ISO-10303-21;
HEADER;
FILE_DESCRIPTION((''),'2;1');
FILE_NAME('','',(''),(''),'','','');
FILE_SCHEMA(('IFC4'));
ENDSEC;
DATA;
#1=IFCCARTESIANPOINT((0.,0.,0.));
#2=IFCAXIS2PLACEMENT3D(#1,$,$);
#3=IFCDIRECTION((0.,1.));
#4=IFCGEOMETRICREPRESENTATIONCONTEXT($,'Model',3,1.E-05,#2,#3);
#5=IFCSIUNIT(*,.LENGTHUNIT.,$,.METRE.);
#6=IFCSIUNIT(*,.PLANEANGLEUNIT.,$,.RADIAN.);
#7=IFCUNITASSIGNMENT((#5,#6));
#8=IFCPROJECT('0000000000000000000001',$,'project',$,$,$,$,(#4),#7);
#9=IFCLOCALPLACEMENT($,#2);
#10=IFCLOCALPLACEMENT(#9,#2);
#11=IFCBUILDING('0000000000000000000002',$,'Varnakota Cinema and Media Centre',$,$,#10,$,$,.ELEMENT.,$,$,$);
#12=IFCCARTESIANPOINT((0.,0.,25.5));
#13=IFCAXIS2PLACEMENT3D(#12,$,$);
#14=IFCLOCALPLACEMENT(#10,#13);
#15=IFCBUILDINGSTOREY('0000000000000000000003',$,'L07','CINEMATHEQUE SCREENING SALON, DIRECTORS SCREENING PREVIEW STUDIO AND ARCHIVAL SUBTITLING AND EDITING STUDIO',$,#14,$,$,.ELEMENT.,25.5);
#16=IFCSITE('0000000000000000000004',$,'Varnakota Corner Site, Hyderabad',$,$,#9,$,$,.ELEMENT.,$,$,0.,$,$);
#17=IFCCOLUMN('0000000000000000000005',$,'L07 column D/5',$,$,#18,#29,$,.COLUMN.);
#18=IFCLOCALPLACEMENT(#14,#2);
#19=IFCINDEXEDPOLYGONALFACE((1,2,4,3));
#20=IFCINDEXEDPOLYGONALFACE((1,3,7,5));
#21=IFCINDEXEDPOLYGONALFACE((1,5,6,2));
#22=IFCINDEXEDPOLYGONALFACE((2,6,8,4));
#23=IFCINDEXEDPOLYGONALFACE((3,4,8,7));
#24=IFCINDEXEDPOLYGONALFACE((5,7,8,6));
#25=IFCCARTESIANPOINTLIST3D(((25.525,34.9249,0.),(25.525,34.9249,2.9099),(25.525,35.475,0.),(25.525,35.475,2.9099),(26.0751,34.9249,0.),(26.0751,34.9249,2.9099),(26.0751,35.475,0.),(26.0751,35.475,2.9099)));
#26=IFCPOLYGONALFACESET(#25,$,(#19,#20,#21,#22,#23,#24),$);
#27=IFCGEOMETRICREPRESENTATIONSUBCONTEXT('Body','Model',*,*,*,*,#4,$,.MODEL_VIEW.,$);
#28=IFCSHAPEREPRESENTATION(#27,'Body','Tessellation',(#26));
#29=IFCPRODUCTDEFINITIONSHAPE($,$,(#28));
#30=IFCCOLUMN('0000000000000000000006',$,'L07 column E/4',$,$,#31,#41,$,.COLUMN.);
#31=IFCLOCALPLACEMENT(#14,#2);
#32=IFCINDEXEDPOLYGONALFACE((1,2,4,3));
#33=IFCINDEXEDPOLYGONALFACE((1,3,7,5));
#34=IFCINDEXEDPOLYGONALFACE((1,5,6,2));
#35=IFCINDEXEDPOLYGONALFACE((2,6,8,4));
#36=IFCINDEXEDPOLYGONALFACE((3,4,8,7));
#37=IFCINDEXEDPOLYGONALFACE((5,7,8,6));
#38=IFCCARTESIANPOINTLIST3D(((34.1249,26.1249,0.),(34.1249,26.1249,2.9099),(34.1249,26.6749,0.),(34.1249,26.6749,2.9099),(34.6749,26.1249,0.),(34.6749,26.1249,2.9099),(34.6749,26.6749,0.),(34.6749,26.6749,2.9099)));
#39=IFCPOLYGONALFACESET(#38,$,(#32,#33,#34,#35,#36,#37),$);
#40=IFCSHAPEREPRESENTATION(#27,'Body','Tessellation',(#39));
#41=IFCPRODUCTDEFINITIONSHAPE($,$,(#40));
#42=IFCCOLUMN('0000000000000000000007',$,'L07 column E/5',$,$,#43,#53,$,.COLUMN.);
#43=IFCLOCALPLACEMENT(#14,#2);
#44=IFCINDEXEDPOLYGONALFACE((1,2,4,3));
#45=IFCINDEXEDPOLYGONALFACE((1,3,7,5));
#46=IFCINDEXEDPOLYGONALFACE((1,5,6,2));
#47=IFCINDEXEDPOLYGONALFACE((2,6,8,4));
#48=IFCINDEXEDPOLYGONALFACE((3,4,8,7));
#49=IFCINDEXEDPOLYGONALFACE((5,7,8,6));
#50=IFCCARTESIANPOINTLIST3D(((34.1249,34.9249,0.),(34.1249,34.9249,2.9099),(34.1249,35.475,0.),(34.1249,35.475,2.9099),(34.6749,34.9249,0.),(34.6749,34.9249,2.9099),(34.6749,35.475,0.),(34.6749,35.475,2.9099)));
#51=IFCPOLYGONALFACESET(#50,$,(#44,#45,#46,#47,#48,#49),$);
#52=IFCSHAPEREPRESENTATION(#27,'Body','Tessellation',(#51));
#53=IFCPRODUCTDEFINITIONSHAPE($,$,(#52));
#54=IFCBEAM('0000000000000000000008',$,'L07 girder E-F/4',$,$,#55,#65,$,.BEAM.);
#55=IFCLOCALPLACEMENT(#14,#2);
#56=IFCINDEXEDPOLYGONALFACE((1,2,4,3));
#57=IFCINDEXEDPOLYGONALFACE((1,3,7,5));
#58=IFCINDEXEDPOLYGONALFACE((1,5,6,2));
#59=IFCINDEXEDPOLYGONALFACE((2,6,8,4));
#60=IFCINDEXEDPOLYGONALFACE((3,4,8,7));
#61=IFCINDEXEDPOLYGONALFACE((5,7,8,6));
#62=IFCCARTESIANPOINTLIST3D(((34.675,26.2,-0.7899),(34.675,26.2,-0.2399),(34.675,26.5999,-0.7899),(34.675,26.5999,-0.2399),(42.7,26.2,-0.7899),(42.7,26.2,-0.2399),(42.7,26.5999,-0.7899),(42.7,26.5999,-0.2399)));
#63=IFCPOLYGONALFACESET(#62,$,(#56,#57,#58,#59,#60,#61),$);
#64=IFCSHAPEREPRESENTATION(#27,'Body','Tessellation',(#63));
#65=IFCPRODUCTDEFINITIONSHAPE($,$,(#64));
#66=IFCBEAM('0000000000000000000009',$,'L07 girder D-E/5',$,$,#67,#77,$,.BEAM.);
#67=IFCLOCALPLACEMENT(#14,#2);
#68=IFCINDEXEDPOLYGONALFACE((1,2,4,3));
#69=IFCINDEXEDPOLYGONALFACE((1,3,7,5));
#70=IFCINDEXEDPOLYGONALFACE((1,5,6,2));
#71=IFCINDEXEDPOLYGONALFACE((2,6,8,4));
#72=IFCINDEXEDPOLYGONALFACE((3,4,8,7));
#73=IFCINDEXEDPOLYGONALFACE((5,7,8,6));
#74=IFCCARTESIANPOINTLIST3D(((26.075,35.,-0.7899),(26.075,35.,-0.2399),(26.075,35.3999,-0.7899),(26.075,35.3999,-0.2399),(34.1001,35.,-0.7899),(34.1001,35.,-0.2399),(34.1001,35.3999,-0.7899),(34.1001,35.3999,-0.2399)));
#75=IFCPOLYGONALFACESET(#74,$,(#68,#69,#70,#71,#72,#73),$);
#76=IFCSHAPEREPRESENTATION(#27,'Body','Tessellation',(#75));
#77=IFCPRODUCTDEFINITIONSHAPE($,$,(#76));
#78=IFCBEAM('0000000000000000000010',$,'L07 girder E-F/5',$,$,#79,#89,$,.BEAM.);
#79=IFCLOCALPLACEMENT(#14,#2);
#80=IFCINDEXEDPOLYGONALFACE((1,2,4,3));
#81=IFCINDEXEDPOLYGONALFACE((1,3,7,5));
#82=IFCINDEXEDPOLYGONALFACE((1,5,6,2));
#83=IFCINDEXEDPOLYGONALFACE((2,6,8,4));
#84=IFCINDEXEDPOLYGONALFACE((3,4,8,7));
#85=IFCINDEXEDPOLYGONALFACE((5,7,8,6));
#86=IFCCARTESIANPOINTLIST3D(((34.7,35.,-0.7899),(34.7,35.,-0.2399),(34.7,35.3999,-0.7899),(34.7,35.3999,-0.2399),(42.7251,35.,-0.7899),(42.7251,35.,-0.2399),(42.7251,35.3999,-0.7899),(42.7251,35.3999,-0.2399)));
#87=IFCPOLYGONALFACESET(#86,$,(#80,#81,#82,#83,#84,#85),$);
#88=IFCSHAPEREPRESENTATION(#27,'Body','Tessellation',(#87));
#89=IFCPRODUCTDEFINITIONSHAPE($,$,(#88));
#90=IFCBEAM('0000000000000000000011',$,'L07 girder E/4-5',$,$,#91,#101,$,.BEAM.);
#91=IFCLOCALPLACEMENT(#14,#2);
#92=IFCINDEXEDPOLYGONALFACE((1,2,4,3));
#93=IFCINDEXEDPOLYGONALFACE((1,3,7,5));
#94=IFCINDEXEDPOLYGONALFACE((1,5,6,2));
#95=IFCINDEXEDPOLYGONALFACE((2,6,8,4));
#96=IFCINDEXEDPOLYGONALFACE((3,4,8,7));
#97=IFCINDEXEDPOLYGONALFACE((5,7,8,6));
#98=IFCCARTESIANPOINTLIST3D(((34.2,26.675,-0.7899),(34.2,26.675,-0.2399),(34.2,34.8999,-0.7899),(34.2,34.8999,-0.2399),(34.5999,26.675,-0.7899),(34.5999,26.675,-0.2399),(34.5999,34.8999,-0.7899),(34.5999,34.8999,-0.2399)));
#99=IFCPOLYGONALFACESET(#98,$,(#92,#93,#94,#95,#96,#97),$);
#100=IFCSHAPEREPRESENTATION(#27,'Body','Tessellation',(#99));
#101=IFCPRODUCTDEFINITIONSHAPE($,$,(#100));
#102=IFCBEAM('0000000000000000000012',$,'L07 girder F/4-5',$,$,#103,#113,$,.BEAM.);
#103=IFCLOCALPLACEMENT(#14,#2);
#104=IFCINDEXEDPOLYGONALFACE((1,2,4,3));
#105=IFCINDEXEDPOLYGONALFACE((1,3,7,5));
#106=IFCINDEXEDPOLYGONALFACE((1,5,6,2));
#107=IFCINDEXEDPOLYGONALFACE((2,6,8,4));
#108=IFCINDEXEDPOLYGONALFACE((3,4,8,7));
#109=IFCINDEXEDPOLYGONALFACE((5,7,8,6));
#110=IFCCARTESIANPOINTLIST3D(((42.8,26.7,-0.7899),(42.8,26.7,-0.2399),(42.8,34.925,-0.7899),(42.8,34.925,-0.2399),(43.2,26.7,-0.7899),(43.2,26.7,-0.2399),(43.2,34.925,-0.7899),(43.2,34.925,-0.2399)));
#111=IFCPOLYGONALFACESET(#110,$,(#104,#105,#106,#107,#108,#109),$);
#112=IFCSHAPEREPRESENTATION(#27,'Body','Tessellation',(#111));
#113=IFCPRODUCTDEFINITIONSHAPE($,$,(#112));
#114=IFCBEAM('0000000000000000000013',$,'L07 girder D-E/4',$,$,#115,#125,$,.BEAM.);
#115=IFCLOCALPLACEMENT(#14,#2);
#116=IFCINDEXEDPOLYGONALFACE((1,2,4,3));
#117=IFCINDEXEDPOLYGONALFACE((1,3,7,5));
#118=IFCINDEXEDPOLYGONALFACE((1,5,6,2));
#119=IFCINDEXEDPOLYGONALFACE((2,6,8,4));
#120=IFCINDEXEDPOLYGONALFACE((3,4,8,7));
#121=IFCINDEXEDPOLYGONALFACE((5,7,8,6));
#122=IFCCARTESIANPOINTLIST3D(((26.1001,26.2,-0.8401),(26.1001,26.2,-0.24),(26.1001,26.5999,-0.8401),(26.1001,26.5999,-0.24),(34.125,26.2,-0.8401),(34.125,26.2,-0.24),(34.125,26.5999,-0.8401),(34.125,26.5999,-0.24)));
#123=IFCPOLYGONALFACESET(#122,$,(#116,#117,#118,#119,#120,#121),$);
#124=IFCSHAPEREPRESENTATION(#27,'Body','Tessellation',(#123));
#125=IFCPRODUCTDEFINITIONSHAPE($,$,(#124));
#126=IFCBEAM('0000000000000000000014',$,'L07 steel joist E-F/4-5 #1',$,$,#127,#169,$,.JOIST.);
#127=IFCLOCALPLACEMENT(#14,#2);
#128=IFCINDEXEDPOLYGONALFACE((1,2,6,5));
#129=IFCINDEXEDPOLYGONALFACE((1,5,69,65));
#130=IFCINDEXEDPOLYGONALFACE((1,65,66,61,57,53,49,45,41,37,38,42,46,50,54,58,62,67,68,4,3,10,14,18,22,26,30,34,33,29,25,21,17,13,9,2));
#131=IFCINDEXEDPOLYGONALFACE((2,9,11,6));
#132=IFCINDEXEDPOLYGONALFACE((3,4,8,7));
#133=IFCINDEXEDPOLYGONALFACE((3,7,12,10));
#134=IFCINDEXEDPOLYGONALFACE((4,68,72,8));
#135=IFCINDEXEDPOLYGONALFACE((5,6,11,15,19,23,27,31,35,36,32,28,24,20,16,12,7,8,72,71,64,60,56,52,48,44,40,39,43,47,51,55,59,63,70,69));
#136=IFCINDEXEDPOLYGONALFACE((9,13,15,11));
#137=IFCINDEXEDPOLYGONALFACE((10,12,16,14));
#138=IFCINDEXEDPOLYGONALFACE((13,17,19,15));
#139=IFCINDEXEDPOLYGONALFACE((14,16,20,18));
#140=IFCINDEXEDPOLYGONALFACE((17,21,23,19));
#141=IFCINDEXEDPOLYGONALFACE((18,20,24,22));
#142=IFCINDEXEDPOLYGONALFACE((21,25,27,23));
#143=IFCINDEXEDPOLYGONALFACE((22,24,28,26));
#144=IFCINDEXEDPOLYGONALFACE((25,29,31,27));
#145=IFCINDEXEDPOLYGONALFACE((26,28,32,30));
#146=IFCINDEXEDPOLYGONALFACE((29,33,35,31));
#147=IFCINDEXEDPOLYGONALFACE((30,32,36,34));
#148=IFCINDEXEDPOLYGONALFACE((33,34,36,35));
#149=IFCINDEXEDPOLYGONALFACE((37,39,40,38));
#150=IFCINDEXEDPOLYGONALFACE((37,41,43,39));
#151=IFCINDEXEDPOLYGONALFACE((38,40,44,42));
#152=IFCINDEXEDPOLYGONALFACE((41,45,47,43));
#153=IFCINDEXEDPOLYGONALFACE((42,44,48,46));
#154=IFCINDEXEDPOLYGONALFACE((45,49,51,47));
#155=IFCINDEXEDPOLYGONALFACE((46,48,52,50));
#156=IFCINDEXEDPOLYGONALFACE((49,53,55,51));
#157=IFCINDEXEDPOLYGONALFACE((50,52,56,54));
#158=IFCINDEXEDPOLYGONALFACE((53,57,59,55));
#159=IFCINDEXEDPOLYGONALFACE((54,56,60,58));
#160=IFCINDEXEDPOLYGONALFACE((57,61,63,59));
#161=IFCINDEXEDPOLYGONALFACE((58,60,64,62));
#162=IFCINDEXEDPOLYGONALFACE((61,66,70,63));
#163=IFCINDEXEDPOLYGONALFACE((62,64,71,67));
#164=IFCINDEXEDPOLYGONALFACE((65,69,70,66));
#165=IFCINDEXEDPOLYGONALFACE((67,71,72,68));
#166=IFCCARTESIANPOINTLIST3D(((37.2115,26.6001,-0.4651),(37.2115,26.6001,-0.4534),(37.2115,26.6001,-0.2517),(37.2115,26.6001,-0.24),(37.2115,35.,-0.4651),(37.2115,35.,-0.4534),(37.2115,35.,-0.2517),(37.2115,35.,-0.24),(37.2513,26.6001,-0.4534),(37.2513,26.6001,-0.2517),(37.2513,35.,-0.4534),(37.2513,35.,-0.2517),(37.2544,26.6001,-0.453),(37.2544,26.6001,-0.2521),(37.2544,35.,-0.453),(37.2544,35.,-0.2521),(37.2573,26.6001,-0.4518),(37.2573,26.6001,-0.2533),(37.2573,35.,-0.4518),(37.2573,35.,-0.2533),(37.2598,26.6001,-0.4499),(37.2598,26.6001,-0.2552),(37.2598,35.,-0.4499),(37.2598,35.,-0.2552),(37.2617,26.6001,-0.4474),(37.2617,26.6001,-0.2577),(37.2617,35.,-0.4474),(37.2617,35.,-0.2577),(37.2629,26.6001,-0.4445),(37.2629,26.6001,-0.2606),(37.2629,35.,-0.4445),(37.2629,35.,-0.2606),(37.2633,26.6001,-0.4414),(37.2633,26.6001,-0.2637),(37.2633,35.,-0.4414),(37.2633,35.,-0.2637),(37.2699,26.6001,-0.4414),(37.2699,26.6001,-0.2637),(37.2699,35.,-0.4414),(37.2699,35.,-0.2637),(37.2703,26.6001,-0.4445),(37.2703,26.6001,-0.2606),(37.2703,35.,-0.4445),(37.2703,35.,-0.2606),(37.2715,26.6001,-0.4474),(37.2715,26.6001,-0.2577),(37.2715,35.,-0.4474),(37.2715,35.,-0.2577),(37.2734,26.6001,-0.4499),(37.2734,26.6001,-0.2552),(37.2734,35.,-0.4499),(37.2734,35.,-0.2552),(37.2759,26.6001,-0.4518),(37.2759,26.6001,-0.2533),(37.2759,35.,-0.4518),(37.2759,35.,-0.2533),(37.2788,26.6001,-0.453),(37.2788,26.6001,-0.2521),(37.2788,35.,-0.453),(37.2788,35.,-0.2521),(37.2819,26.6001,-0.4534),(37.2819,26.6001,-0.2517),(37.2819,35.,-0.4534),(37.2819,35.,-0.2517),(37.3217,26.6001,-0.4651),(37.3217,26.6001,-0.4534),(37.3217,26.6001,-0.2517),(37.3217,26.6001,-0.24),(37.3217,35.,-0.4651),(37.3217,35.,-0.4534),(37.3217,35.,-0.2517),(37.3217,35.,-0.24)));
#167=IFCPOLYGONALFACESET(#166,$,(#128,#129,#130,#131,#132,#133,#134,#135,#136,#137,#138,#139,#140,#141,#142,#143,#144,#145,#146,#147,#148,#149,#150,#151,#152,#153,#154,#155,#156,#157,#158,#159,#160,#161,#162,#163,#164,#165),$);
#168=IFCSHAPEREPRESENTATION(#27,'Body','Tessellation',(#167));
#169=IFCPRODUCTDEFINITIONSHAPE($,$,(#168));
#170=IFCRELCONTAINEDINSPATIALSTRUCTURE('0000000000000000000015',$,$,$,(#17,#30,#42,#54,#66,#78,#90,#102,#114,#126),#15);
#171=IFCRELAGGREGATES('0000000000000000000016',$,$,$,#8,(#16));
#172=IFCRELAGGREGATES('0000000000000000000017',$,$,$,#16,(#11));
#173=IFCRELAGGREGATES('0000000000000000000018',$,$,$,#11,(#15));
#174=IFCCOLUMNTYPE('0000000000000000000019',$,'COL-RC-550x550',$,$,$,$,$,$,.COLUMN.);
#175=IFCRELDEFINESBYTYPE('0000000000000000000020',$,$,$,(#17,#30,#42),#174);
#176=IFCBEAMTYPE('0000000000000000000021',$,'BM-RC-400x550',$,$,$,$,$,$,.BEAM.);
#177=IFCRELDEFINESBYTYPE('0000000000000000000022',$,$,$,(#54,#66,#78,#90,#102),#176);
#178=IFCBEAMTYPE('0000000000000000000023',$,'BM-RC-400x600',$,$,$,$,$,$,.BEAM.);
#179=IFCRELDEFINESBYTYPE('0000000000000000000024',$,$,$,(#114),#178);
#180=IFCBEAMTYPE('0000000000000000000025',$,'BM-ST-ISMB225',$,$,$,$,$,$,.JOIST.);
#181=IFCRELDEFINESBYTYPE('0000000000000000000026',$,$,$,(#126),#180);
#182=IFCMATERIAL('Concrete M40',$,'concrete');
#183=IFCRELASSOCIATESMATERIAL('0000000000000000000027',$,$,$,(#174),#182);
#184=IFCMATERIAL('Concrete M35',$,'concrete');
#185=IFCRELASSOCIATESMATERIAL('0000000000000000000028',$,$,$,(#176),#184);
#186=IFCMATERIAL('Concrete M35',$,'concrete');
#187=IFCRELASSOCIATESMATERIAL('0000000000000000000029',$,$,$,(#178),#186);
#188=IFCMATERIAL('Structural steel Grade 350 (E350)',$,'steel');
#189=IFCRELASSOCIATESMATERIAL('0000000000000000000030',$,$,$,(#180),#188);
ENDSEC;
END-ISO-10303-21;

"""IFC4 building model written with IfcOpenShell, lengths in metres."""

from ifc_helpers import new_model, si_unit, direction, frame, origin, origin_2d, place, context, subcontext, project, spatial, rectangle, i_section, extrude, material, material_profile, profile_set, type_object, element, save


model = new_model("IFC4")

# Units and contexts
model_context = context("Model", 3, precision=1e-05, world=origin(), true_north=direction((0.0, 1.0)))
body_context = subcontext(model_context, "Body", "Model", "MODEL_VIEW")
ifc_project = project(units=[si_unit("LENGTHUNIT", "METRE"), si_unit("PLANEANGLEUNIT", "RADIAN")], contexts=[model_context])

# Site, building, storey
site_placement = place(None, origin())
site = spatial("IfcSite", under=ifc_project, at=site_placement, Name="Varnakota Corner Site, Hyderabad", CompositionType="ELEMENT", RefElevation=0.0)
building_placement = place(site_placement, origin())
building = spatial("IfcBuilding", under=site, at=building_placement, Name="Varnakota Cinema and Media Centre", CompositionType="ELEMENT")
storey_placement = place(building_placement, frame((0.0, 0.0, 25.5)))
storey = spatial("IfcBuildingStorey", under=building, at=storey_placement, Name="L07", Description="CINEMATHEQUE SCREENING SALON, DIRECTORS SCREENING PREVIEW STUDIO AND ARCHIVAL SUBTITLING AND EDITING STUDIO", CompositionType="ELEMENT", Elevation=25.5)

# Columns
ifc_material_1 = material(Name="Concrete M40", Category="concrete")
ifc_material_profile_1 = material_profile(ifc_material_1, rectangle(XDim=0.55, YDim=0.55, at=origin_2d()), Name="RC 550x550")
ifc_profile_set_1 = profile_set([ifc_material_profile_1], Name="Concrete M40")
column_type = type_object("IfcColumnType", Name="COL-RC-550x550", PredefinedType="COLUMN", material=ifc_profile_set_1)
for number, where, z_axis, x_axis, name in (
    (1, (25.8, 35.2, 0.0), (0.0, 0.0, 1.0), (1.0, 0.0, 0.0), "L07 column D/5"),
    (2, (34.3999, 26.3999, 0.0), (0.0, 0.0, 1.0), (1.0, 0.0, 0.0), "L07 column E/4"),
    (3, (34.3999, 35.2, 0.0), (0.0, 0.0, 1.0), (1.0, 0.0, 0.0), "L07 column E/5"),
):
    element("IfcColumn", number, at=place(storey_placement, frame(where, z_axis=z_axis, x_axis=x_axis)), inside=storey, type_object=column_type, Name=name, PredefinedType="COLUMN", context=body_context, shape_type="SweptSolid", body=[
        extrude(rectangle(XDim=0.55, YDim=0.55, at=origin_2d()), origin(), (0.0, 0.0, 1.0), 2.9099),
    ])

# Beams
ifc_material_2 = material(Name="Concrete M35", Category="concrete")
ifc_material_profile_2 = material_profile(ifc_material_2, rectangle(XDim=0.3999, YDim=0.55, at=origin_2d()), Name="RCB 400x550")
ifc_profile_set_2 = profile_set([ifc_material_profile_2], Name="Concrete M35")
beam_type_1 = type_object("IfcBeamType", Name="BM-RC-400x550", PredefinedType="BEAM", material=ifc_profile_set_2)
beam_1_placement = place(storey_placement, frame((34.675, 26.3999, -0.5149), z_axis=(1.0, 0.0, 0.0), x_axis=(0.0, 1.0, 0.0)))
element("IfcBeam", 4, at=beam_1_placement, inside=storey, type_object=beam_type_1, Name="L07 girder E-F/4", PredefinedType="BEAM", context=body_context, shape_type="SweptSolid", body=[
    extrude(rectangle(XDim=0.3999, YDim=0.55, at=origin_2d()), origin(), (0.0, 0.0, 1.0), 8.0249),
])
for number, where, z_axis, x_axis, name in (
    (5, (26.075, 35.2, -0.5149), (1.0, 0.0, 0.0), (0.0, 1.0, 0.0), "L07 girder D-E/5"),
    (6, (34.7, 35.2, -0.5149), (1.0, 0.0, 0.0), (0.0, 1.0, 0.0), "L07 girder E-F/5"),
):
    element("IfcBeam", number, at=place(storey_placement, frame(where, z_axis=z_axis, x_axis=x_axis)), inside=storey, type_object=beam_type_1, Name=name, PredefinedType="BEAM", context=body_context, shape_type="SweptSolid", body=[
        extrude(rectangle(XDim=0.3999, YDim=0.55, at=origin_2d()), origin(), (0.0, 0.0, 1.0), 8.0251),
    ])
beam_2_placement = place(storey_placement, frame((34.3999, 26.675, -0.5149), z_axis=(0.0, 1.0, 0.0), x_axis=(-1.0, 0.0, 0.0)))
element("IfcBeam", 7, at=beam_2_placement, inside=storey, type_object=beam_type_1, Name="L07 girder E/4-5", PredefinedType="BEAM", context=body_context, shape_type="SweptSolid", body=[
    extrude(rectangle(XDim=0.3999, YDim=0.55, at=origin_2d()), origin(), (0.0, 0.0, 1.0), 8.2249),
])
beam_3_placement = place(storey_placement, frame((43.0, 26.7, -0.5149), z_axis=(0.0, 1.0, 0.0), x_axis=(-1.0, 0.0, 0.0)))
element("IfcBeam", 8, at=beam_3_placement, inside=storey, type_object=beam_type_1, Name="L07 girder F/4-5", PredefinedType="BEAM", context=body_context, shape_type="SweptSolid", body=[
    extrude(rectangle(XDim=0.3999, YDim=0.55, at=origin_2d()), origin(), (0.0, 0.0, 1.0), 8.2251),
])
ifc_material_3 = material(Name="Concrete M35", Category="concrete")
ifc_material_profile_3 = material_profile(ifc_material_3, rectangle(XDim=0.3999, YDim=0.6001, at=origin_2d()), Name="RCB 400x600")
ifc_profile_set_3 = profile_set([ifc_material_profile_3], Name="Concrete M35")
beam_type_2 = type_object("IfcBeamType", Name="BM-RC-400x600", PredefinedType="BEAM", material=ifc_profile_set_3)
beam_4_placement = place(storey_placement, frame((26.1001, 26.3999, -0.54), z_axis=(1.0, 0.0, 0.0), x_axis=(0.0, 1.0, 0.0)))
element("IfcBeam", 9, at=beam_4_placement, inside=storey, type_object=beam_type_2, Name="L07 girder D-E/4", PredefinedType="BEAM", context=body_context, shape_type="SweptSolid", body=[
    extrude(rectangle(XDim=0.3999, YDim=0.6001, at=origin_2d()), origin(), (0.0, 0.0, 1.0), 8.0249),
])
ifc_material_4 = material(Name="Structural steel Grade 350 (E350)", Category="steel")
ifc_material_profile_4 = material_profile(ifc_material_4, i_section(OverallWidth=0.1101, OverallDepth=0.2251, WebThickness=0.0066, FlangeThickness=0.0117, FilletRadius=0.012, at=origin_2d()), Name="ISMB 225")
ifc_profile_set_4 = profile_set([ifc_material_profile_4], Name="Structural steel Grade 350 (E350)")
beam_type_3 = type_object("IfcBeamType", Name="BM-ST-ISMB225", PredefinedType="JOIST", material=ifc_profile_set_4)
for number, where, z_axis, x_axis, name in (
    (10, (37.2666, 26.6001, -0.3525), (0.0, 1.0, 0.0), (-1.0, 0.0, 0.0), "L07 steel joist E-F/4-5 #1"),
):
    element("IfcBeam", number, at=place(storey_placement, frame(where, z_axis=z_axis, x_axis=x_axis)), inside=storey, type_object=beam_type_3, Name=name, PredefinedType="JOIST", context=body_context, shape_type="SweptSolid", body=[
        extrude(i_section(OverallWidth=0.1101, OverallDepth=0.2251, WebThickness=0.0066, FlangeThickness=0.0117, FilletRadius=0.012, at=origin_2d()), origin(), (0.0, 0.0, 1.0), 8.3999),
    ])

save(model, "model.ifc")
